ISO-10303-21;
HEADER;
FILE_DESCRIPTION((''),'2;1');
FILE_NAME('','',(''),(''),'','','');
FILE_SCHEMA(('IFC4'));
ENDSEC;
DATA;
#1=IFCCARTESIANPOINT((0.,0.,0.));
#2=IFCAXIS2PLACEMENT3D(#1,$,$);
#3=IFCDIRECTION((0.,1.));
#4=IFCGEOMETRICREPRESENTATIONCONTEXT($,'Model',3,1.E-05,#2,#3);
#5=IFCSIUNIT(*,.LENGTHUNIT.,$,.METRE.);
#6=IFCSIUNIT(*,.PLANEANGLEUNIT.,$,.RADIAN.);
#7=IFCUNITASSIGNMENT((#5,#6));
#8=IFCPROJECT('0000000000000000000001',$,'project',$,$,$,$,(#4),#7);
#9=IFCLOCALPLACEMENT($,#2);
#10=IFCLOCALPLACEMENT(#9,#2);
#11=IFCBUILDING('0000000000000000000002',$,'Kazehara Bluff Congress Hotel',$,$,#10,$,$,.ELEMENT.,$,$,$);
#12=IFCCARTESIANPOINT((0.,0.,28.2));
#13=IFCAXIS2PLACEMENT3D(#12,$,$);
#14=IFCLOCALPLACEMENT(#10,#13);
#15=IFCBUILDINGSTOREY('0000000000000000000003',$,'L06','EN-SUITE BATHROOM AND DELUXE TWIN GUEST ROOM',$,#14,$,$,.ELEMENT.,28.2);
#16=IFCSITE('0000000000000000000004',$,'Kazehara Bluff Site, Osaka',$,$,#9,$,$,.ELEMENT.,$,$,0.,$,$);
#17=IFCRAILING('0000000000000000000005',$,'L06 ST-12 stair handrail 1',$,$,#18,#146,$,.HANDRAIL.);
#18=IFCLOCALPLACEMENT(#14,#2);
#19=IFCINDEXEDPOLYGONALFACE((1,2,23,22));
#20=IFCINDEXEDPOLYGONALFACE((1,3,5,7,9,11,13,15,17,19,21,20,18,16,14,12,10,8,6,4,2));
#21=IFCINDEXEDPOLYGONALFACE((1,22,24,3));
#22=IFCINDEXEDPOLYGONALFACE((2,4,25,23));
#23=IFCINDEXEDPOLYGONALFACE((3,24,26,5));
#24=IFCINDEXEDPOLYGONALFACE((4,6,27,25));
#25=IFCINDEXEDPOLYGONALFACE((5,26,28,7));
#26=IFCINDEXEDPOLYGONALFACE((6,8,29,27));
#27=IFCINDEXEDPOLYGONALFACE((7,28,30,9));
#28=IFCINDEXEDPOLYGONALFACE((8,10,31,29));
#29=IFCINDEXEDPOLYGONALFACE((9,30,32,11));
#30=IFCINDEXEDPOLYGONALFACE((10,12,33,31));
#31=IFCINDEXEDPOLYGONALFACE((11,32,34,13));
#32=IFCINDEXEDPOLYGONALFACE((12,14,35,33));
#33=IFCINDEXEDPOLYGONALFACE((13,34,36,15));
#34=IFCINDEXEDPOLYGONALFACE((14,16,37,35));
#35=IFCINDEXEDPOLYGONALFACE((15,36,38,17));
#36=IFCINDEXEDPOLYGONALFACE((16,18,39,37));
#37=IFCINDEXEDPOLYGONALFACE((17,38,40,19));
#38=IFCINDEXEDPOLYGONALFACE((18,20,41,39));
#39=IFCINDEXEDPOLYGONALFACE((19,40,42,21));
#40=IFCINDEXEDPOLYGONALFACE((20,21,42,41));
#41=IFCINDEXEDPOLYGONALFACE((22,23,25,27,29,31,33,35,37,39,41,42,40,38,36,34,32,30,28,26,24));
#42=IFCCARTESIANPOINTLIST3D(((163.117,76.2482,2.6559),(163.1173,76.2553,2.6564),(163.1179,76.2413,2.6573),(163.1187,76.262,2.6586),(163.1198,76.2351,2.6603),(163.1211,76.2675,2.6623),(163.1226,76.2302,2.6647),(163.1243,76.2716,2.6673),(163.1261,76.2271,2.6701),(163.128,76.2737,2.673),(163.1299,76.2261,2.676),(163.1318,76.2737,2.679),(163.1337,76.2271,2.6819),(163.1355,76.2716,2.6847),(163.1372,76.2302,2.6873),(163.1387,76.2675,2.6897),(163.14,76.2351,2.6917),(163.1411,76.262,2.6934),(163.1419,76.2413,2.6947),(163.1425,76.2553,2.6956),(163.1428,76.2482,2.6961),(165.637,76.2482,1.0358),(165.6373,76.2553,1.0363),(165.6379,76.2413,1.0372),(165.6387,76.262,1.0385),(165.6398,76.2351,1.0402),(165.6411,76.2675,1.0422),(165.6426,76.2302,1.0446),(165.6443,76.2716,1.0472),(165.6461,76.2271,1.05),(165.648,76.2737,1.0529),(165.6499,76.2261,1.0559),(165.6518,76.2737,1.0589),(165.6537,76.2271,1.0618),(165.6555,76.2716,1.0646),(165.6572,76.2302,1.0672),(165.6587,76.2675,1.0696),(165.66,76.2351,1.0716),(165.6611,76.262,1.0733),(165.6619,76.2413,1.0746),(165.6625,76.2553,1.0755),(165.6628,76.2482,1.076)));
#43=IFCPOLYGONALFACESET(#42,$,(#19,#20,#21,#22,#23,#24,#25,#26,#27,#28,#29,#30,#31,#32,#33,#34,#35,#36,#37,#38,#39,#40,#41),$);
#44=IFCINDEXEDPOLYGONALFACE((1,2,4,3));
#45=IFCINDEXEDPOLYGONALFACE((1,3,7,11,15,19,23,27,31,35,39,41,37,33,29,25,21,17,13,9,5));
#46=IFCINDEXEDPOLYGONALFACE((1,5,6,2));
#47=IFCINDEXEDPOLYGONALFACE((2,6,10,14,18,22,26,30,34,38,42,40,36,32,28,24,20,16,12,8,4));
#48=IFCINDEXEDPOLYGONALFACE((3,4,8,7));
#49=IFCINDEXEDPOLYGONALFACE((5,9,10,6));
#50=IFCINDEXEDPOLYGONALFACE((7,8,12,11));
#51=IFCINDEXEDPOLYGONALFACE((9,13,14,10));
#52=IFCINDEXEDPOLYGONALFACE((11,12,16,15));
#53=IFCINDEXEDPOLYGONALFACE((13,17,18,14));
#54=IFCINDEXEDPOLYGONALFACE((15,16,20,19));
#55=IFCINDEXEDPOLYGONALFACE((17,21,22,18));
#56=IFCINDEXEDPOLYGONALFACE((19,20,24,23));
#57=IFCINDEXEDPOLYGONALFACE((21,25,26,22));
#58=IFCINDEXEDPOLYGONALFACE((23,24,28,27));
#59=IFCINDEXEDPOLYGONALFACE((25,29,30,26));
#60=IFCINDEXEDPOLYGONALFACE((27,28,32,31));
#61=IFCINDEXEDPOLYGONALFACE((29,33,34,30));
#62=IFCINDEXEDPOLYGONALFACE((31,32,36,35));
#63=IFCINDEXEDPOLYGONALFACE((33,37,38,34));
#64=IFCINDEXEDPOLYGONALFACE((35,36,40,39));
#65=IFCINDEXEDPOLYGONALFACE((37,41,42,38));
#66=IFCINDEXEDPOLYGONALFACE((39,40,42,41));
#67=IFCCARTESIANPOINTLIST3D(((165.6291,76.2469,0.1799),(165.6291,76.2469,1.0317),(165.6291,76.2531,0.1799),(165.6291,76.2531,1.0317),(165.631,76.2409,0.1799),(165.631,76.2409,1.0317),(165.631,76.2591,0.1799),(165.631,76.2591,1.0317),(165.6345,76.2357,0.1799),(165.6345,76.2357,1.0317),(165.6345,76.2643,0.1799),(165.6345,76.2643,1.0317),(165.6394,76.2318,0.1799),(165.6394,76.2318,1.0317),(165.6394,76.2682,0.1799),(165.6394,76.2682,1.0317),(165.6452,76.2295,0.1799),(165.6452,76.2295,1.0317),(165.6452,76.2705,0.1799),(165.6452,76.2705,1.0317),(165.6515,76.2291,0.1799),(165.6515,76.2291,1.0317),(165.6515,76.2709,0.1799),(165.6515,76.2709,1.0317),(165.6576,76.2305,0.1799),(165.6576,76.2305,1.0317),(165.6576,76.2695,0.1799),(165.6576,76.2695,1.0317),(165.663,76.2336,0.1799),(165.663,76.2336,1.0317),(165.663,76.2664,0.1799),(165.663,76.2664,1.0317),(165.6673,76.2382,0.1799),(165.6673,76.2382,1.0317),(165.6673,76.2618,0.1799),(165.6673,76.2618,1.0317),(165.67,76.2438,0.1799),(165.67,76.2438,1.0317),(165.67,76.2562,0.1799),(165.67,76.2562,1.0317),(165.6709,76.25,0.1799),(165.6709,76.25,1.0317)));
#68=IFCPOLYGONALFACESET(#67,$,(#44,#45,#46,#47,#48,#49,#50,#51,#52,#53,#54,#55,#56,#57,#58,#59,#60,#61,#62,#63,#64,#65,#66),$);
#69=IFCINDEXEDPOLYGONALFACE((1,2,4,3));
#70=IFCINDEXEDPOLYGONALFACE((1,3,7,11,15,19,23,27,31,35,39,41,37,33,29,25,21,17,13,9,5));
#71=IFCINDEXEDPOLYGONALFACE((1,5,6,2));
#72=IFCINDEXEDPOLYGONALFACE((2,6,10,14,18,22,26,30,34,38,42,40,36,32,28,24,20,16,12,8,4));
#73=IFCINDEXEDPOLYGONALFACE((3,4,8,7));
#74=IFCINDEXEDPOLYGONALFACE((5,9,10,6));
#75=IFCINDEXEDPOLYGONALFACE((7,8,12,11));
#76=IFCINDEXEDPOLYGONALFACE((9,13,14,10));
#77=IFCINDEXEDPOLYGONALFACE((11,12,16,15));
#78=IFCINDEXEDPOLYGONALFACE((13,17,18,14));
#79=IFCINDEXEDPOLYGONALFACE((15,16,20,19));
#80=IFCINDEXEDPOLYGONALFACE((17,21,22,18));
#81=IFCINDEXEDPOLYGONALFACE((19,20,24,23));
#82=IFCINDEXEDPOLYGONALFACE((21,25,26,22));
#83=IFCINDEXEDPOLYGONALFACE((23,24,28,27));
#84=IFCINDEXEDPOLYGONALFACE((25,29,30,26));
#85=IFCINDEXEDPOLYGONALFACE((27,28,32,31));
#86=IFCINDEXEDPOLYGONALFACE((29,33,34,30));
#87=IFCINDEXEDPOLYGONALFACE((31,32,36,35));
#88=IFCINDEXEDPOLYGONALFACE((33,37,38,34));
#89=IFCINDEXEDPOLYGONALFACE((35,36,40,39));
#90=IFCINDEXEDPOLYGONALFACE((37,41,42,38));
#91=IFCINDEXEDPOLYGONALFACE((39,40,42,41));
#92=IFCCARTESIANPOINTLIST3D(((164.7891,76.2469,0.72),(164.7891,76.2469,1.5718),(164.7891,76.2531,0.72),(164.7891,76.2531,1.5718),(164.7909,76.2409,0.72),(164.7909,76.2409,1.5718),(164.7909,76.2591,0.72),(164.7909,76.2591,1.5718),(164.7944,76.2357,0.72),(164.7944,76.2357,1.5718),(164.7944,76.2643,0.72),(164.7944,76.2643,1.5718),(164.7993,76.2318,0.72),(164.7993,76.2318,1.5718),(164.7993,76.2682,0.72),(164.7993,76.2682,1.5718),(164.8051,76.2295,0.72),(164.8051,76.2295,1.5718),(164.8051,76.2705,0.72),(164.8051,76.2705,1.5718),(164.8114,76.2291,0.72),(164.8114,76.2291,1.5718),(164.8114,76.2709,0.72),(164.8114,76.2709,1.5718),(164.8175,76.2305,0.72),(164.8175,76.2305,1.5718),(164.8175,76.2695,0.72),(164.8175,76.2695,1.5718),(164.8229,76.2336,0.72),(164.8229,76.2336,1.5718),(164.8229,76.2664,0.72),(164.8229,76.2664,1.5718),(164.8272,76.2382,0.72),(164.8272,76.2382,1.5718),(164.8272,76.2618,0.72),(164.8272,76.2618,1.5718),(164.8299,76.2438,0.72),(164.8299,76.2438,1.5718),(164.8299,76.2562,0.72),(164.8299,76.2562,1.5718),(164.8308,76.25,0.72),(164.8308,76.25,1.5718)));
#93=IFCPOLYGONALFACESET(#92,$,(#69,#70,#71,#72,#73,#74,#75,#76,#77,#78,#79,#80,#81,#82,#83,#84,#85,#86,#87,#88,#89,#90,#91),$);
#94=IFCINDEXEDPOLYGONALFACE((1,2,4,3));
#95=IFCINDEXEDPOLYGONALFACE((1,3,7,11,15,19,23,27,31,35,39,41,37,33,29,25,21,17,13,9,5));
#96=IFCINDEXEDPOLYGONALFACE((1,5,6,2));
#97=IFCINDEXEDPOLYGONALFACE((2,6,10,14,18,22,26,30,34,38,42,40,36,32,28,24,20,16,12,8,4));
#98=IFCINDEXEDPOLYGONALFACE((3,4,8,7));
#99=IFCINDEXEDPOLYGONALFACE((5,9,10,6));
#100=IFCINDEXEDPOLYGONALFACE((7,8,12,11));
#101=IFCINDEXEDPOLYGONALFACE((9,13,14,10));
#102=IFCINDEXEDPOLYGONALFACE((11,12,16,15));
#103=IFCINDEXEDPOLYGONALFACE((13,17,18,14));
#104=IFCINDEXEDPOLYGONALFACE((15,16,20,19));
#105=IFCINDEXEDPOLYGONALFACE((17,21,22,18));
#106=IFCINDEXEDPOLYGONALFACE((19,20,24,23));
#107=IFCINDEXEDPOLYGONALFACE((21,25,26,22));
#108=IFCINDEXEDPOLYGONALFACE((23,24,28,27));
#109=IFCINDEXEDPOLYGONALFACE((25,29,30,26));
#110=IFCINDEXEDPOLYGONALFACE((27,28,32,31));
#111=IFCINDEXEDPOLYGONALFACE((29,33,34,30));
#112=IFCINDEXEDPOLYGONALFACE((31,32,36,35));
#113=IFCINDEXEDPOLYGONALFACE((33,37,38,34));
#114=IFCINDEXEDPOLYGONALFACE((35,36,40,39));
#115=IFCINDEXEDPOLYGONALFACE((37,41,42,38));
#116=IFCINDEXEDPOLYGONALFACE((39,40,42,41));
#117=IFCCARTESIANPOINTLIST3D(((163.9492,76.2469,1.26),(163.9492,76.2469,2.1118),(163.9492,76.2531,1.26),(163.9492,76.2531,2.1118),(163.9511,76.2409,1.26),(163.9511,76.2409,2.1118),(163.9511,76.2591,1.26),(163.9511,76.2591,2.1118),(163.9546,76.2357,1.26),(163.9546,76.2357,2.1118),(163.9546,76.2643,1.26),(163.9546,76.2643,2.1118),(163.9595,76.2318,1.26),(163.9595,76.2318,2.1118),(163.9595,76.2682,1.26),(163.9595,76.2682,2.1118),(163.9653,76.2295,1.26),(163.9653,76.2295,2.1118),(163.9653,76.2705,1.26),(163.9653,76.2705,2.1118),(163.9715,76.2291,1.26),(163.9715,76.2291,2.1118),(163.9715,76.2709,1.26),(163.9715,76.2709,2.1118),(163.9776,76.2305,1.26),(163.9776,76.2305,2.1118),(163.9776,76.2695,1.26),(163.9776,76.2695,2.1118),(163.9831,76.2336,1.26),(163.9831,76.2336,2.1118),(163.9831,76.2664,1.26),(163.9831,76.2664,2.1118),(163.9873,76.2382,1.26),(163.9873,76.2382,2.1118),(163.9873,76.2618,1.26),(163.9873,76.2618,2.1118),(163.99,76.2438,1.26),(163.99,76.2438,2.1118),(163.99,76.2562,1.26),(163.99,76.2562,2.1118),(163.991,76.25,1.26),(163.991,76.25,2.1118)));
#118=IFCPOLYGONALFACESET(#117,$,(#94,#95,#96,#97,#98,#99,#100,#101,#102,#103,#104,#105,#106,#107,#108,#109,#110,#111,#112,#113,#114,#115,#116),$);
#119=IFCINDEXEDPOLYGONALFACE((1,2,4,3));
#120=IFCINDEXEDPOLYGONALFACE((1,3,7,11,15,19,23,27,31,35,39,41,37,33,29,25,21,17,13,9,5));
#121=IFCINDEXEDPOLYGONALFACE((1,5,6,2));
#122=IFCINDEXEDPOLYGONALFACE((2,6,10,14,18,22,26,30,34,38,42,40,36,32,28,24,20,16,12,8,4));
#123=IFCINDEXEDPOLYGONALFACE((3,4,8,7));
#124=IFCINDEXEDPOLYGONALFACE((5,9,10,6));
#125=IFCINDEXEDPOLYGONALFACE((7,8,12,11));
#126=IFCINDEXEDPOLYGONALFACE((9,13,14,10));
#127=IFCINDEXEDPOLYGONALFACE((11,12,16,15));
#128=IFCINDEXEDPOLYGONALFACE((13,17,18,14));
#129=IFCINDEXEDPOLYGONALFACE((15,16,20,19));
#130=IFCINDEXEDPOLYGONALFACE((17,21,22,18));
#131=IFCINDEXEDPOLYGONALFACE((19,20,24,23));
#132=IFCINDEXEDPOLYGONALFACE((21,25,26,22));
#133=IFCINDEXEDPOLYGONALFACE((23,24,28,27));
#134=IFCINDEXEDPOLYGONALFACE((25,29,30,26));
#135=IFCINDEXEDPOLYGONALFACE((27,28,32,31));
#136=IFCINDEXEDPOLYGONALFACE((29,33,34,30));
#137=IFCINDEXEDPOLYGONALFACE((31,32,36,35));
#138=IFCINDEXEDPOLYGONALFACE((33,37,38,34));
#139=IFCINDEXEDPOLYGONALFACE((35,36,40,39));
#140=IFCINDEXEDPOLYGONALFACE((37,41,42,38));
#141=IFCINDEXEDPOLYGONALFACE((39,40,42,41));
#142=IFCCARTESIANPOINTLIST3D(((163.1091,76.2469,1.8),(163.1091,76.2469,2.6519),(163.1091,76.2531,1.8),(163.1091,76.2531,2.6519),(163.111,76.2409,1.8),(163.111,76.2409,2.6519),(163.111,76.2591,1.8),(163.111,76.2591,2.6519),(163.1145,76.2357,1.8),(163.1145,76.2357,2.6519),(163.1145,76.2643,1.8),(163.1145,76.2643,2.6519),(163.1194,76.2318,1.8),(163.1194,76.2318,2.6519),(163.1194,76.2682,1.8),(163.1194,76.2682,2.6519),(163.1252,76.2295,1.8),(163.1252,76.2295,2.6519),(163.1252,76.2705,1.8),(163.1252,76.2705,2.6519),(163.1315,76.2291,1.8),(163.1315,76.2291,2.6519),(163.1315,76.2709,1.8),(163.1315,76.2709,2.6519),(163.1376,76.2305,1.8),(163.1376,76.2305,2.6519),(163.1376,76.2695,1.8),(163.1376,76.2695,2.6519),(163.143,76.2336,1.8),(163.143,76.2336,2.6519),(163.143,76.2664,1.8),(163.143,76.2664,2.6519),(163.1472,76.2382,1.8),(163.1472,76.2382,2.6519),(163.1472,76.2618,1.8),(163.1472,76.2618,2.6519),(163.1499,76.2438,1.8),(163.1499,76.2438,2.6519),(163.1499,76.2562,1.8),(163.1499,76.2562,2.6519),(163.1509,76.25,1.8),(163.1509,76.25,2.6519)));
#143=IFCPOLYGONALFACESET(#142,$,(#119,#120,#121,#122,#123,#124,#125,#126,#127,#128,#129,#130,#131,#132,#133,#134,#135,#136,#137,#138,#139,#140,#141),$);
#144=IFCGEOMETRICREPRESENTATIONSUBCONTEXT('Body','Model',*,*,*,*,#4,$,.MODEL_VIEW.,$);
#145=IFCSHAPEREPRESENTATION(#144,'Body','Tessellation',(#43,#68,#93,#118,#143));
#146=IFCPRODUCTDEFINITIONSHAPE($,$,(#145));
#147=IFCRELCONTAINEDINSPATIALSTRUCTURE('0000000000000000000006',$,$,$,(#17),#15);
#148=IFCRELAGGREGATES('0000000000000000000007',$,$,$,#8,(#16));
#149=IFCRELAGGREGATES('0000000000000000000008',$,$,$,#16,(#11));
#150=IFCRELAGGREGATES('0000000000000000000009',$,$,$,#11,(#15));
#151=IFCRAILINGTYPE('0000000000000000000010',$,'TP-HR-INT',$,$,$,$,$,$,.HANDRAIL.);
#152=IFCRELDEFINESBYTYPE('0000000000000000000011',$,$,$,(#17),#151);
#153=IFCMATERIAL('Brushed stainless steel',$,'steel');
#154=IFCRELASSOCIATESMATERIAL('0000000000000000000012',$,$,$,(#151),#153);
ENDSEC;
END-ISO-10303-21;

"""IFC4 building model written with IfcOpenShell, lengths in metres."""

from ifc_helpers import new_model, si_unit, direction, frame, origin, origin_2d, place, context, subcontext, project, spatial, circle, extrude, material, type_object, element, save


model = new_model("IFC4")

# Units and contexts
model_context = context("Model", 3, precision=1e-05, world=origin(), true_north=direction((0.0, 1.0)))
body_context = subcontext(model_context, "Body", "Model", "MODEL_VIEW")
ifc_project = project(units=[si_unit("LENGTHUNIT", "METRE"), si_unit("PLANEANGLEUNIT", "RADIAN")], contexts=[model_context])

# Site, building, storey
site_placement = place(None, origin())
site = spatial("IfcSite", under=ifc_project, at=site_placement, Name="Kazehara Bluff Site, Osaka", CompositionType="ELEMENT", RefElevation=0.0)
building_placement = place(site_placement, origin())
building = spatial("IfcBuilding", under=site, at=building_placement, Name="Kazehara Bluff Congress Hotel", CompositionType="ELEMENT")
storey_placement = place(building_placement, frame((0.0, 0.0, 28.2)))
storey = spatial("IfcBuildingStorey", under=building, at=storey_placement, Name="L06", Description="EN-SUITE BATHROOM AND DELUXE TWIN GUEST ROOM", CompositionType="ELEMENT", Elevation=28.2)

# Railing
ifc_material_1 = material(Name="Brushed stainless steel", Category="steel")
railing_type_1 = type_object("IfcRailingType", Name="TP-HR-INT", PredefinedType="HANDRAIL", material=ifc_material_1)
railing_1_placement = place(storey_placement, frame((165.6499, 76.25, 0.1799)))
element("IfcRailing", 1, at=railing_1_placement, inside=storey, type_object=railing_type_1, Name="L06 ST-12 stair handrail 1", PredefinedType="HANDRAIL", context=body_context, shape_type="SweptSolid", body=[
    extrude(circle(Radius=0.0239, at=origin_2d()), frame((0.0, 0.0, 0.876), z_axis=(-0.841163, 0.0, 0.540782), x_axis=(0.0, -1.0, 0.0)), (0.0, 0.0, 1.0), 2.9958),
    extrude(circle(Radius=0.021, at=origin_2d()), origin(), (0.0, 0.0, 1.0), 0.8518),
    extrude(circle(Radius=0.021, at=origin_2d()), frame((-0.8401, 0.0, 0.54)), (0.0, 0.0, 1.0), 0.8518),
    extrude(circle(Radius=0.021, at=origin_2d()), frame((-1.6799, 0.0, 1.0801)), (0.0, 0.0, 1.0), 0.8518),
    extrude(circle(Radius=0.021, at=origin_2d()), frame((-2.52, 0.0, 1.6201)), (0.0, 0.0, 1.0), 0.8518),
])

save(model, "model.ifc")
